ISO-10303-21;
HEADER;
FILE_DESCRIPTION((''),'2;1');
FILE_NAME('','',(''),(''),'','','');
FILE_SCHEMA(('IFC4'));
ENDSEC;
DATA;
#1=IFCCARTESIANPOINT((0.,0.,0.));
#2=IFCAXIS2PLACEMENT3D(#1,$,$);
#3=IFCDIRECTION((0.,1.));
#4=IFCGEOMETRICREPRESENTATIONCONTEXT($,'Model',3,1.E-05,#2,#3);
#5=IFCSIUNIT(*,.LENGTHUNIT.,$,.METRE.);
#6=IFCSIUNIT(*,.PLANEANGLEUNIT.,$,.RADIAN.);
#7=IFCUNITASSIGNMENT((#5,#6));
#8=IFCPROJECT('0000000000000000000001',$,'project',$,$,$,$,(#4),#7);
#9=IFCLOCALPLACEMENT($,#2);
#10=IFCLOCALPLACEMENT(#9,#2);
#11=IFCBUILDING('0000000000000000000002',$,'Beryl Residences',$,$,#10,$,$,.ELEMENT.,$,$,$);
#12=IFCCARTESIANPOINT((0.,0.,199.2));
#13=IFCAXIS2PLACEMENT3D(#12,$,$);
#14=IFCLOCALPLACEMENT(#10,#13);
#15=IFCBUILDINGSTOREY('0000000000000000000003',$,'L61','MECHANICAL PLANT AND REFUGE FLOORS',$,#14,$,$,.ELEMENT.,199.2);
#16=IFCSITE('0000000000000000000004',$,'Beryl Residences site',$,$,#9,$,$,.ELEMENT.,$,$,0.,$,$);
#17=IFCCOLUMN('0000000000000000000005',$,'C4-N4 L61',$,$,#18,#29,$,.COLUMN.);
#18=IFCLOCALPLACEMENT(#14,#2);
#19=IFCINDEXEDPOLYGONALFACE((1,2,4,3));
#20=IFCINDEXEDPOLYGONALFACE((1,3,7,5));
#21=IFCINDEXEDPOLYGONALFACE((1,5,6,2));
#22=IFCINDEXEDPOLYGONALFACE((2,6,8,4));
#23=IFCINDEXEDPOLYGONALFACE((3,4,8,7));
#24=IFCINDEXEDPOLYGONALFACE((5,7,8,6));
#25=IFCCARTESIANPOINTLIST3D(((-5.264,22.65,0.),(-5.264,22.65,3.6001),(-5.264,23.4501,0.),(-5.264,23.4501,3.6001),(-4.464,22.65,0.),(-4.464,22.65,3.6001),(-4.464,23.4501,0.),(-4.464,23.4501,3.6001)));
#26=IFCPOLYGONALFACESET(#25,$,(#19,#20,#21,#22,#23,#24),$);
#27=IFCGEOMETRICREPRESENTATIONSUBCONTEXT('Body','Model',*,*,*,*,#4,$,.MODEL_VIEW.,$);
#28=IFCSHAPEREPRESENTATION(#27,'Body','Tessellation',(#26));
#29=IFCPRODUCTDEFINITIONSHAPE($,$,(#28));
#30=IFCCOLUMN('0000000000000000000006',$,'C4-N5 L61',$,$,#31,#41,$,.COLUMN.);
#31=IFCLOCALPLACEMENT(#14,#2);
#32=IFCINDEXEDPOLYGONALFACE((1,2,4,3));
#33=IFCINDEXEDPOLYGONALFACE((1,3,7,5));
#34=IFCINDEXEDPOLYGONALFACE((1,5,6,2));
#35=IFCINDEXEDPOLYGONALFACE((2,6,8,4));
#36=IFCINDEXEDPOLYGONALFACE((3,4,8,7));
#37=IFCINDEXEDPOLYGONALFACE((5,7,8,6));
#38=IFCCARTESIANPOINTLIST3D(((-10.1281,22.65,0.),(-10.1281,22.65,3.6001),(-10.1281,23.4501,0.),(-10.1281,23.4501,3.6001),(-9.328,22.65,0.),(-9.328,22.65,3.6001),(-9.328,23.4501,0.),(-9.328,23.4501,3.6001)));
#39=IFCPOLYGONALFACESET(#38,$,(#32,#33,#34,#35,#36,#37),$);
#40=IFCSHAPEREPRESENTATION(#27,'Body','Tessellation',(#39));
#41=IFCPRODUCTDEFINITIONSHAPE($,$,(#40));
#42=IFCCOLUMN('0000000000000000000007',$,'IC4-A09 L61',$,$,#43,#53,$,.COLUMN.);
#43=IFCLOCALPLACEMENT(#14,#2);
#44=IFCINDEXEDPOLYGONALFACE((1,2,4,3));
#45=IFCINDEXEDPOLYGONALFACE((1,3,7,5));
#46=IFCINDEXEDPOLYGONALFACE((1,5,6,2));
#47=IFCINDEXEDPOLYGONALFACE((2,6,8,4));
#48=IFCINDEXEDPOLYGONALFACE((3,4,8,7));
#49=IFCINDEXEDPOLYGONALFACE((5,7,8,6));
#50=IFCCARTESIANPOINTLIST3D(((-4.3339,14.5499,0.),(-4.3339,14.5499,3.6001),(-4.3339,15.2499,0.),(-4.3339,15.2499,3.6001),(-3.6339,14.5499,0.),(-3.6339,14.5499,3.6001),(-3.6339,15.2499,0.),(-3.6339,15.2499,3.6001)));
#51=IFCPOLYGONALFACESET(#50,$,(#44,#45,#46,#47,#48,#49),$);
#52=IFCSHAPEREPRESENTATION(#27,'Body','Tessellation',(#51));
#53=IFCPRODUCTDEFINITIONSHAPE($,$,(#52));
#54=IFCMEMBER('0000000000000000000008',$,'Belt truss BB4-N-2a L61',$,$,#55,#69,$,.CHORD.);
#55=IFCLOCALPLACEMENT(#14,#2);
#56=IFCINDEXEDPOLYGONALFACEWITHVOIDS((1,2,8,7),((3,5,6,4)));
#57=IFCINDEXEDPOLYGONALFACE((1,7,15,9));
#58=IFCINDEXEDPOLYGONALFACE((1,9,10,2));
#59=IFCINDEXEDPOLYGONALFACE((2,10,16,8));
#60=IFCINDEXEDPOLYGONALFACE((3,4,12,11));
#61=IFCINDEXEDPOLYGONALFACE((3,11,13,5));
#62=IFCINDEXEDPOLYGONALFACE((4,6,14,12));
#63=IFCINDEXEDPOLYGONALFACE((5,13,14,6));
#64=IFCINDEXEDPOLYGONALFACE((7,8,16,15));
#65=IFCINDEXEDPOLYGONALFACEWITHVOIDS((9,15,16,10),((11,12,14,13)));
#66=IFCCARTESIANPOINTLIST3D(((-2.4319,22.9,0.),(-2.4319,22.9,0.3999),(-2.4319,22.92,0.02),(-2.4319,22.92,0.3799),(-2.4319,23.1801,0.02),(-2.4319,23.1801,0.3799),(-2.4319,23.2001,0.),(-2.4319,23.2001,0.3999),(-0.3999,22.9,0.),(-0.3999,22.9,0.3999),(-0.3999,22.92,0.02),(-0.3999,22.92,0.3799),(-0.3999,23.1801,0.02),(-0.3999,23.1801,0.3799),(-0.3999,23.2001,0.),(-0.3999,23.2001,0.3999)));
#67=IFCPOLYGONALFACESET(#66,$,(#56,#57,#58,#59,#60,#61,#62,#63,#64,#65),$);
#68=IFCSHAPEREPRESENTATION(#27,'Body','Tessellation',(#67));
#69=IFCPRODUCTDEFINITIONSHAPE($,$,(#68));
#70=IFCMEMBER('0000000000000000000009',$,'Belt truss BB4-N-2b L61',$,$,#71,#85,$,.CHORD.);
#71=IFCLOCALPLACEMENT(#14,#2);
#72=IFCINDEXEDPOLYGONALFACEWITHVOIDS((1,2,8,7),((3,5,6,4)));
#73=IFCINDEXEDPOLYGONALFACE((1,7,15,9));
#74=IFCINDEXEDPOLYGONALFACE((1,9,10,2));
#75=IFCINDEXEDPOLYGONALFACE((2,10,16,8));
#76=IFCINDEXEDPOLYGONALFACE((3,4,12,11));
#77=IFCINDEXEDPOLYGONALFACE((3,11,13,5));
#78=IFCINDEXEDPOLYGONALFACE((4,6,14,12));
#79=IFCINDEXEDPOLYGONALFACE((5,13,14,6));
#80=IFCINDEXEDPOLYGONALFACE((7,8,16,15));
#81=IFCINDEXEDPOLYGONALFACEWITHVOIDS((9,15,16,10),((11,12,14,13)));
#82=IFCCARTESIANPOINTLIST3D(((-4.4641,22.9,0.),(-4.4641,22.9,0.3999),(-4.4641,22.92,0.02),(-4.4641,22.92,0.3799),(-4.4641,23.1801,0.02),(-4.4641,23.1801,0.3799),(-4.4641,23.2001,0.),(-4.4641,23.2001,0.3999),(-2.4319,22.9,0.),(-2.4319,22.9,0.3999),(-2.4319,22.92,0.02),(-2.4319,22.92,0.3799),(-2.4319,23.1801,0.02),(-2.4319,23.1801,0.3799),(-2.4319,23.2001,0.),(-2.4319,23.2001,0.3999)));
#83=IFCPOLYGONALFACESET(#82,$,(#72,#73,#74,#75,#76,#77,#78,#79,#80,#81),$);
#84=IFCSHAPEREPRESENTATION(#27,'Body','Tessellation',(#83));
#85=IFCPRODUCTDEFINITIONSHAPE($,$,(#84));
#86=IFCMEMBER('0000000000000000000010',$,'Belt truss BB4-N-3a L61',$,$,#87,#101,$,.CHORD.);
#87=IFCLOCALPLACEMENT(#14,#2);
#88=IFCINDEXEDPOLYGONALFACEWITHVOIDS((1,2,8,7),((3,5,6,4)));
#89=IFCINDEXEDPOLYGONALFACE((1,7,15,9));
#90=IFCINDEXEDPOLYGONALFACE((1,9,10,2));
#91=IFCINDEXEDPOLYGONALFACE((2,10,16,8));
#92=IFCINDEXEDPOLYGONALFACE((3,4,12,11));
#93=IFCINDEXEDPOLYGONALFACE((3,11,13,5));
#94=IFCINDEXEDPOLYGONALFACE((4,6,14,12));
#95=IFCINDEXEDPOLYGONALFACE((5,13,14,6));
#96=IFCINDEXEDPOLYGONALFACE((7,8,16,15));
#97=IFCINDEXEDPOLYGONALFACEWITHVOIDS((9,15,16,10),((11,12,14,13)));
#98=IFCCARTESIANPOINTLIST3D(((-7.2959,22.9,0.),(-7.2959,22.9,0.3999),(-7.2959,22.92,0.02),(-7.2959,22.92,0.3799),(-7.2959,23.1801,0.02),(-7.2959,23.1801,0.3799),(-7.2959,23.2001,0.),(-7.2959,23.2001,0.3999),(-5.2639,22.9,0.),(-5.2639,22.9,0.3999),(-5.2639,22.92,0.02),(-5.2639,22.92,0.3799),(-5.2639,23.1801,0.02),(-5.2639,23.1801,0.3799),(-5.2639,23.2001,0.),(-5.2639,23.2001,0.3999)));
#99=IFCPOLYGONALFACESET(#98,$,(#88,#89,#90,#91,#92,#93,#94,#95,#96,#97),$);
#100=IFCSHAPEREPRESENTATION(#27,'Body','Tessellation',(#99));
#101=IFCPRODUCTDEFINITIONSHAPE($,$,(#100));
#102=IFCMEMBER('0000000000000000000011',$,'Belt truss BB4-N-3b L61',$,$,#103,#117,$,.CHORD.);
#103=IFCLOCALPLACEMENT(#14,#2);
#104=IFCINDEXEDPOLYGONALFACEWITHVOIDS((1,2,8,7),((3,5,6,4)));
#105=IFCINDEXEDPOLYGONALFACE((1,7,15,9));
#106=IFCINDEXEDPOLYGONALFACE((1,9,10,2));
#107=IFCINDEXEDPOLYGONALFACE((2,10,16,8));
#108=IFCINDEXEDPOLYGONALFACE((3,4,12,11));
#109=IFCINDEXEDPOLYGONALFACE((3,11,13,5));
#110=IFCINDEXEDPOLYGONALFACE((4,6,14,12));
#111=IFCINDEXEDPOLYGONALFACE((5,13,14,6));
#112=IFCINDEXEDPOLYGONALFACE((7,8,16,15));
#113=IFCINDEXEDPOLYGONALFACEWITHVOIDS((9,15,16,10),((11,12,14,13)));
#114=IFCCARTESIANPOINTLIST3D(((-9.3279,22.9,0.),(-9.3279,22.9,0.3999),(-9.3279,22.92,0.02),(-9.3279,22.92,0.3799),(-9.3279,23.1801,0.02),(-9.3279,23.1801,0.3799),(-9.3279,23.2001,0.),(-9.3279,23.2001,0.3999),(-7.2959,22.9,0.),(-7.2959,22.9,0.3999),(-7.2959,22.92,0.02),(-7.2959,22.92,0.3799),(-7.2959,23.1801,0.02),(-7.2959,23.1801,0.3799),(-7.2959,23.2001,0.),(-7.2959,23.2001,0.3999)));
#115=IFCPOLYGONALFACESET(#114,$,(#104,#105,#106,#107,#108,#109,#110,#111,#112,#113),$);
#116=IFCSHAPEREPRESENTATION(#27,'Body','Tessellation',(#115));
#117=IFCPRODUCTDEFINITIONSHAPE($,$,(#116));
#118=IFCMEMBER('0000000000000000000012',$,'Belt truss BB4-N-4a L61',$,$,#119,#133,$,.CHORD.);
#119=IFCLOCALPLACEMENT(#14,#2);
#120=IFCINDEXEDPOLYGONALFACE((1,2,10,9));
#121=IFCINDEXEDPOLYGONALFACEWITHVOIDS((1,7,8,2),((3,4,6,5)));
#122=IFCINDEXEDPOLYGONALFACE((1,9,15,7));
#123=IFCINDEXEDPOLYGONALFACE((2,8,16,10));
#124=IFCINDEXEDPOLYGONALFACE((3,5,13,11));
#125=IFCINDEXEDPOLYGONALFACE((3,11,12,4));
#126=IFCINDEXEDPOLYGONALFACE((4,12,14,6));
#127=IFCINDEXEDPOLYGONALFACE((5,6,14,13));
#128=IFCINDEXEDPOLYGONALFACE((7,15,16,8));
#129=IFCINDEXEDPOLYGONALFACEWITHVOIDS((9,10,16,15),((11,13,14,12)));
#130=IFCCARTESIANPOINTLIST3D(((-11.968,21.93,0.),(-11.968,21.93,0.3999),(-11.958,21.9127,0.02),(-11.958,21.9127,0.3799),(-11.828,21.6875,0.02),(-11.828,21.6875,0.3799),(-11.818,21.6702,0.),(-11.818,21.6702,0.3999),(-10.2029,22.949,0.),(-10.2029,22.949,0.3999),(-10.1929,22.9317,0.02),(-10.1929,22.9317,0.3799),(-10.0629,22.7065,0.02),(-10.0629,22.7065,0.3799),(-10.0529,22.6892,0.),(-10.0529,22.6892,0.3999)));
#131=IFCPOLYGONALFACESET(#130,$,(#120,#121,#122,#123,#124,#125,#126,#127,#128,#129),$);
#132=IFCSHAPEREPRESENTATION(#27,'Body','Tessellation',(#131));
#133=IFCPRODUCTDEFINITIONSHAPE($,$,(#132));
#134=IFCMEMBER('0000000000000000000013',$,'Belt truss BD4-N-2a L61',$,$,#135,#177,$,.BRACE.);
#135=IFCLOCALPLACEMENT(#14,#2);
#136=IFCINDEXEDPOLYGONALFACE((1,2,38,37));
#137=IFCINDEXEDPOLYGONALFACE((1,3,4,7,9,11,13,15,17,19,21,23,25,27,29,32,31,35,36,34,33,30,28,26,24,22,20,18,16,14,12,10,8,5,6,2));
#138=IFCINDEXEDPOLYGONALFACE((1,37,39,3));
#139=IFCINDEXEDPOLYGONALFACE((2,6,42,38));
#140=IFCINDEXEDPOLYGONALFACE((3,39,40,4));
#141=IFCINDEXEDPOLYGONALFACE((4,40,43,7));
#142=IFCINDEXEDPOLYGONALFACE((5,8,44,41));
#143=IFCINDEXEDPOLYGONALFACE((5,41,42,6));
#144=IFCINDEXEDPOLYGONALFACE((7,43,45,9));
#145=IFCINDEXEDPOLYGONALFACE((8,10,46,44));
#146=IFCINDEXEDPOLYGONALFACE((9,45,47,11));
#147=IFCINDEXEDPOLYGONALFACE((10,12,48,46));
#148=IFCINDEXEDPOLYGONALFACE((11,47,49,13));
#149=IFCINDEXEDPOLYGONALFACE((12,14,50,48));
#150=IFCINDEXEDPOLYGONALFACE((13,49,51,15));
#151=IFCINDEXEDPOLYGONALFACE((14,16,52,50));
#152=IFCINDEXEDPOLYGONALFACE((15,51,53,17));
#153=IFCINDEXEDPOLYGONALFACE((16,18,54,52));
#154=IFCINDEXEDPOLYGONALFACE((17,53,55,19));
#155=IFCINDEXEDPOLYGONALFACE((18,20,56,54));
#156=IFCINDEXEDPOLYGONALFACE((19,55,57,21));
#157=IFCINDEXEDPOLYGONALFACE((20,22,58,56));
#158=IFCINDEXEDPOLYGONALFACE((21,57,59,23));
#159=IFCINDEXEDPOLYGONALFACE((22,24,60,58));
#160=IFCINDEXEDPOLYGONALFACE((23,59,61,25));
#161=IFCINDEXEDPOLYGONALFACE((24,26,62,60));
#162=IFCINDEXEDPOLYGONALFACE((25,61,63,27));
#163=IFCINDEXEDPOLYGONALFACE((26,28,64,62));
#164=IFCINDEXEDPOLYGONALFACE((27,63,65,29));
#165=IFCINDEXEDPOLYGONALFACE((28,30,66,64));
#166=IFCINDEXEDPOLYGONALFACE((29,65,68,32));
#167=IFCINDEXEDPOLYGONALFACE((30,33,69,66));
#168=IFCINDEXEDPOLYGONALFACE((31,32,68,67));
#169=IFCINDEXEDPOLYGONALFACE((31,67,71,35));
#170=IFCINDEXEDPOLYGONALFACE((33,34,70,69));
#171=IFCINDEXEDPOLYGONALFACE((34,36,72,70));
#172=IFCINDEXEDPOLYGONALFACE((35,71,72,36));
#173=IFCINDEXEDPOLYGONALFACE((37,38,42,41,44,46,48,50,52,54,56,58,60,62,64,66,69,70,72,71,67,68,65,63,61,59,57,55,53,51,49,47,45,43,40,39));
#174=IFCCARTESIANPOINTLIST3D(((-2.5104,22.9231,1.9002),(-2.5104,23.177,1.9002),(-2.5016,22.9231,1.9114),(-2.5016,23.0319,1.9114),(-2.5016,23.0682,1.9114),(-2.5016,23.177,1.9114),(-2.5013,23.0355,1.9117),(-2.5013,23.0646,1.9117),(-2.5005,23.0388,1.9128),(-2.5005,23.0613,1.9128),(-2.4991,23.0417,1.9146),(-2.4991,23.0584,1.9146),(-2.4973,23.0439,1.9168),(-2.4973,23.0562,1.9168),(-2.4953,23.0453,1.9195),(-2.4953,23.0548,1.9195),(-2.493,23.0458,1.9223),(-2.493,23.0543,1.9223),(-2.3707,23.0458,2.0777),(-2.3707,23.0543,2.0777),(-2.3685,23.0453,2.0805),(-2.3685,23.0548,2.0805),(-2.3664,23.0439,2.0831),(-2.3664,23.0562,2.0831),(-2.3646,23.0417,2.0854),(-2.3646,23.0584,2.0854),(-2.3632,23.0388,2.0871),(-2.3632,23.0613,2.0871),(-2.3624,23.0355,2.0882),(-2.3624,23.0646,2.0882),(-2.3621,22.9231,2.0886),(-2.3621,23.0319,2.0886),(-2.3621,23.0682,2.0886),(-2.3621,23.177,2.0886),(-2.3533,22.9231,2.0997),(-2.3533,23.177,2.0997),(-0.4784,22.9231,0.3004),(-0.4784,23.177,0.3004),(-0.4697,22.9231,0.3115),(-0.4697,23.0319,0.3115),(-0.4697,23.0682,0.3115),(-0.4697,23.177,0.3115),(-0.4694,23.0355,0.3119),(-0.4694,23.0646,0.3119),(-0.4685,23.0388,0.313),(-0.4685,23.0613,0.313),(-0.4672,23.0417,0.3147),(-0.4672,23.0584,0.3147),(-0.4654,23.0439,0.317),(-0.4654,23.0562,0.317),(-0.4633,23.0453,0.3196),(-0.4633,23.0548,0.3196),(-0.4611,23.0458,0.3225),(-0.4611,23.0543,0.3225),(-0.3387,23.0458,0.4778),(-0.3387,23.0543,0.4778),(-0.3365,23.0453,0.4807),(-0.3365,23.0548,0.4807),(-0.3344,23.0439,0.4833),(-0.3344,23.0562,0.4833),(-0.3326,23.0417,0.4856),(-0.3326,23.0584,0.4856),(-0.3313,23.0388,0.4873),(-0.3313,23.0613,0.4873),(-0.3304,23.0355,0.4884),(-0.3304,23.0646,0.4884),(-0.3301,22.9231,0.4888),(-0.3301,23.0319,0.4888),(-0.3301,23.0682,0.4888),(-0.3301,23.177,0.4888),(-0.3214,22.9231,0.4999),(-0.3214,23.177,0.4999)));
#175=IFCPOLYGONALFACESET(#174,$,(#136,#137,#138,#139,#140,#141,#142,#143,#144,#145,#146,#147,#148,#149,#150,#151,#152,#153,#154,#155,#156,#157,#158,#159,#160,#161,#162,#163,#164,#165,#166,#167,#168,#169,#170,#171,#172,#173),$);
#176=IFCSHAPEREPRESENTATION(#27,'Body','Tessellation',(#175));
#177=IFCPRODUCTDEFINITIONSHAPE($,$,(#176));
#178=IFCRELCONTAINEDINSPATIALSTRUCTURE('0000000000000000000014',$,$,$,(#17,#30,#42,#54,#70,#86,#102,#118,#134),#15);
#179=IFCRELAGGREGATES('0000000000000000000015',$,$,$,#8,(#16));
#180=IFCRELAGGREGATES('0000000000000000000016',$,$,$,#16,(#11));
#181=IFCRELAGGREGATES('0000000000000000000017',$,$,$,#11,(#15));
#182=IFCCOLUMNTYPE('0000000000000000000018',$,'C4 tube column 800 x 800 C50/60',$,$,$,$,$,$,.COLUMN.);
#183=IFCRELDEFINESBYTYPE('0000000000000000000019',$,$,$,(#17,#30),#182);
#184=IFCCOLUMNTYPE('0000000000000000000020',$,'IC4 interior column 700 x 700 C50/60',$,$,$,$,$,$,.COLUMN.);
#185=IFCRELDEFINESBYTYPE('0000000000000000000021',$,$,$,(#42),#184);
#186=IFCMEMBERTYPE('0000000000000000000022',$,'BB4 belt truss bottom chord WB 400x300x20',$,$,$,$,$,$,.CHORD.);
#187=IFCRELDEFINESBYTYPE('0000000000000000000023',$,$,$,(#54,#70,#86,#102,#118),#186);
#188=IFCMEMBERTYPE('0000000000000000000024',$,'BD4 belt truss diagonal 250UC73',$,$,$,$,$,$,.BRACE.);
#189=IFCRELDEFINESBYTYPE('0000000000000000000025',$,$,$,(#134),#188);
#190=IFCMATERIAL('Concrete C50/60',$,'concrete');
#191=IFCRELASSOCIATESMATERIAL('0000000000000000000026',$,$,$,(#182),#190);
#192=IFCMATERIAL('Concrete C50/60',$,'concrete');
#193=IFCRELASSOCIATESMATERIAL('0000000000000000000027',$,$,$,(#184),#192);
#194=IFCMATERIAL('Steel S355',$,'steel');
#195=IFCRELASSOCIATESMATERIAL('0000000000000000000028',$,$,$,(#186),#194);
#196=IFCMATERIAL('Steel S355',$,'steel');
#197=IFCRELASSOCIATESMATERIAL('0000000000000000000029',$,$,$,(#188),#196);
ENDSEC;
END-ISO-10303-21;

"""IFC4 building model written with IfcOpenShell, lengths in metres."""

from ifc_helpers import new_model, si_unit, direction, frame, origin, origin_2d, place, context, subcontext, project, spatial, rectangle, hollow_rectangle, i_section, extrude, material, material_profile, profile_set, type_object, element, save


model = new_model("IFC4")

# Units and contexts
model_context = context("Model", 3, precision=1e-05, world=origin(), true_north=direction((0.0, 1.0)))
body_context = subcontext(model_context, "Body", "Model", "MODEL_VIEW")
ifc_project = project(units=[si_unit("LENGTHUNIT", "METRE"), si_unit("PLANEANGLEUNIT", "RADIAN")], contexts=[model_context])

# Site, building, storey
site_placement = place(None, origin())
site = spatial("IfcSite", under=ifc_project, at=site_placement, Name="Beryl Residences site", CompositionType="ELEMENT", RefElevation=0.0)
building_placement = place(site_placement, origin())
building = spatial("IfcBuilding", under=site, at=building_placement, Name="Beryl Residences", CompositionType="ELEMENT")
storey_placement = place(building_placement, frame((0.0, 0.0, 199.2)))
storey = spatial("IfcBuildingStorey", under=building, at=storey_placement, Name="L61", Description="MECHANICAL PLANT AND REFUGE FLOORS", CompositionType="ELEMENT", Elevation=199.2)

# Columns
ifc_material_1 = material(Name="Concrete C50/60", Category="concrete")
ifc_material_profile_1 = material_profile(ifc_material_1, rectangle(XDim=0.8, YDim=0.8, at=origin_2d()))
ifc_profile_set_1 = profile_set([ifc_material_profile_1], Name="Concrete C50/60")
column_type_1 = type_object("IfcColumnType", Name="C4 tube column 800 x 800 C50/60", PredefinedType="COLUMN", material=ifc_profile_set_1)
for number, where, z_axis, x_axis, name in (
    (1, (-4.864, 23.05, 0.0), (0.0, 0.0, 1.0), (-1.0, 0.0, 0.0), "C4-N4 L61"),
    (2, (-9.728, 23.05, 0.0), (0.0, 0.0, 1.0), (-1.0, 0.0, 0.0), "C4-N5 L61"),
):
    element("IfcColumn", number, at=place(storey_placement, frame(where, z_axis=z_axis, x_axis=x_axis)), inside=storey, type_object=column_type_1, Name=name, PredefinedType="COLUMN", context=body_context, shape_type="SweptSolid", body=[
        extrude(rectangle(XDim=0.8, YDim=0.8, at=origin_2d()), origin(), (0.0, 0.0, 1.0), 3.6001),
    ])
ifc_material_2 = material(Name="Concrete C50/60", Category="concrete")
ifc_material_profile_2 = material_profile(ifc_material_2, rectangle(XDim=0.7, YDim=0.7, at=origin_2d()))
ifc_profile_set_2 = profile_set([ifc_material_profile_2], Name="Concrete C50/60")
column_type_2 = type_object("IfcColumnType", Name="IC4 interior column 700 x 700 C50/60", PredefinedType="COLUMN", material=ifc_profile_set_2)
column_placement = place(storey_placement, frame((-3.9839, 14.8999, 0.0), z_axis=(0.0, 0.0, 1.0), x_axis=(1.0, 0.0, 0.0)))
element("IfcColumn", 3, at=column_placement, inside=storey, type_object=column_type_2, Name="IC4-A09 L61", PredefinedType="COLUMN", context=body_context, shape_type="SweptSolid", body=[
    extrude(rectangle(XDim=0.7, YDim=0.7, at=origin_2d()), origin(), (0.0, 0.0, 1.0), 3.6001),
])

# Members
ifc_material_3 = material(Name="Steel S355", Category="steel")
ifc_material_profile_3 = material_profile(ifc_material_3, hollow_rectangle(XDim=0.3, YDim=0.3999, WallThickness=0.02, at=origin_2d()))
ifc_profile_set_3 = profile_set([ifc_material_profile_3], Name="Steel S355")
member_type_1 = type_object("IfcMemberType", Name="BB4 belt truss bottom chord WB 400x300x20", PredefinedType="CHORD", material=ifc_profile_set_3)
member_1_placement = place(storey_placement, frame((-0.3999, 23.05, 0.2), z_axis=(-1.0, 0.0, 0.0), x_axis=(0.0, -1.0, 0.0)))
element("IfcMember", 4, at=member_1_placement, inside=storey, type_object=member_type_1, Name="Belt truss BB4-N-2a L61", PredefinedType="CHORD", context=body_context, shape_type="SweptSolid", body=[
    extrude(hollow_rectangle(XDim=0.3, YDim=0.3999, WallThickness=0.02, at=origin_2d()), origin(), (0.0, 0.0, 1.0), 2.032),
])
member_2_placement = place(storey_placement, frame((-2.4319, 23.05, 0.2), z_axis=(-1.0, 0.0, 0.0), x_axis=(0.0, -1.0, 0.0)))
element("IfcMember", 5, at=member_2_placement, inside=storey, type_object=member_type_1, Name="Belt truss BB4-N-2b L61", PredefinedType="CHORD", context=body_context, shape_type="SweptSolid", body=[
    extrude(hollow_rectangle(XDim=0.3, YDim=0.3999, WallThickness=0.02, at=origin_2d()), origin(), (0.0, 0.0, 1.0), 2.0322),
])
for number, where, z_axis, x_axis, name in (
    (6, (-5.2639, 23.05, 0.2), (-1.0, 0.0, 0.0), (0.0, -1.0, 0.0), "Belt truss BB4-N-3a L61"),
    (7, (-7.2959, 23.05, 0.2), (-1.0, 0.0, 0.0), (0.0, -1.0, 0.0), "Belt truss BB4-N-3b L61"),
):
    element("IfcMember", number, at=place(storey_placement, frame(where, z_axis=z_axis, x_axis=x_axis)), inside=storey, type_object=member_type_1, Name=name, PredefinedType="CHORD", context=body_context, shape_type="SweptSolid", body=[
        extrude(hollow_rectangle(XDim=0.3, YDim=0.3999, WallThickness=0.02, at=origin_2d()), origin(), (0.0, 0.0, 1.0), 2.032),
    ])
member_3_placement = place(storey_placement, frame((-10.1279, 22.8191, 0.2), z_axis=(-0.866038, -0.499978, 0.0), x_axis=(0.499978, -0.866038, 0.0)))
element("IfcMember", 8, at=member_3_placement, inside=storey, type_object=member_type_1, Name="Belt truss BB4-N-4a L61", PredefinedType="CHORD", context=body_context, shape_type="SweptSolid", body=[
    extrude(hollow_rectangle(XDim=0.3, YDim=0.3999, WallThickness=0.02, at=origin_2d()), origin(), (0.0, 0.0, 1.0), 2.0381),
])
ifc_material_4 = material(Name="Steel S355", Category="steel")
ifc_material_profile_4 = material_profile(ifc_material_4, i_section(OverallWidth=0.2539, OverallDepth=0.2539, WebThickness=0.0085, FlangeThickness=0.0142, FilletRadius=0.0139, at=origin_2d()))
ifc_profile_set_4 = profile_set([ifc_material_profile_4], Name="Steel S355")
member_type_2 = type_object("IfcMemberType", Name="BD4 belt truss diagonal 250UC73", PredefinedType="BRACE", material=ifc_profile_set_4)
member_4_placement = place(storey_placement, frame((-0.3999, 23.05, 0.4001), z_axis=(-0.785699, 0.0, 0.618609), x_axis=(0.0, -1.0, 0.0)))
element("IfcMember", 9, at=member_4_placement, inside=storey, type_object=member_type_2, Name="Belt truss BD4-N-2a L61", PredefinedType="BRACE", context=body_context, shape_type="SweptSolid", body=[
    extrude(i_section(OverallWidth=0.2539, OverallDepth=0.2539, WebThickness=0.0085, FlangeThickness=0.0142, FilletRadius=0.0139, at=origin_2d()), origin(), (0.0, 0.0, 1.0), 2.5862),
])

save(model, "model.ifc")
